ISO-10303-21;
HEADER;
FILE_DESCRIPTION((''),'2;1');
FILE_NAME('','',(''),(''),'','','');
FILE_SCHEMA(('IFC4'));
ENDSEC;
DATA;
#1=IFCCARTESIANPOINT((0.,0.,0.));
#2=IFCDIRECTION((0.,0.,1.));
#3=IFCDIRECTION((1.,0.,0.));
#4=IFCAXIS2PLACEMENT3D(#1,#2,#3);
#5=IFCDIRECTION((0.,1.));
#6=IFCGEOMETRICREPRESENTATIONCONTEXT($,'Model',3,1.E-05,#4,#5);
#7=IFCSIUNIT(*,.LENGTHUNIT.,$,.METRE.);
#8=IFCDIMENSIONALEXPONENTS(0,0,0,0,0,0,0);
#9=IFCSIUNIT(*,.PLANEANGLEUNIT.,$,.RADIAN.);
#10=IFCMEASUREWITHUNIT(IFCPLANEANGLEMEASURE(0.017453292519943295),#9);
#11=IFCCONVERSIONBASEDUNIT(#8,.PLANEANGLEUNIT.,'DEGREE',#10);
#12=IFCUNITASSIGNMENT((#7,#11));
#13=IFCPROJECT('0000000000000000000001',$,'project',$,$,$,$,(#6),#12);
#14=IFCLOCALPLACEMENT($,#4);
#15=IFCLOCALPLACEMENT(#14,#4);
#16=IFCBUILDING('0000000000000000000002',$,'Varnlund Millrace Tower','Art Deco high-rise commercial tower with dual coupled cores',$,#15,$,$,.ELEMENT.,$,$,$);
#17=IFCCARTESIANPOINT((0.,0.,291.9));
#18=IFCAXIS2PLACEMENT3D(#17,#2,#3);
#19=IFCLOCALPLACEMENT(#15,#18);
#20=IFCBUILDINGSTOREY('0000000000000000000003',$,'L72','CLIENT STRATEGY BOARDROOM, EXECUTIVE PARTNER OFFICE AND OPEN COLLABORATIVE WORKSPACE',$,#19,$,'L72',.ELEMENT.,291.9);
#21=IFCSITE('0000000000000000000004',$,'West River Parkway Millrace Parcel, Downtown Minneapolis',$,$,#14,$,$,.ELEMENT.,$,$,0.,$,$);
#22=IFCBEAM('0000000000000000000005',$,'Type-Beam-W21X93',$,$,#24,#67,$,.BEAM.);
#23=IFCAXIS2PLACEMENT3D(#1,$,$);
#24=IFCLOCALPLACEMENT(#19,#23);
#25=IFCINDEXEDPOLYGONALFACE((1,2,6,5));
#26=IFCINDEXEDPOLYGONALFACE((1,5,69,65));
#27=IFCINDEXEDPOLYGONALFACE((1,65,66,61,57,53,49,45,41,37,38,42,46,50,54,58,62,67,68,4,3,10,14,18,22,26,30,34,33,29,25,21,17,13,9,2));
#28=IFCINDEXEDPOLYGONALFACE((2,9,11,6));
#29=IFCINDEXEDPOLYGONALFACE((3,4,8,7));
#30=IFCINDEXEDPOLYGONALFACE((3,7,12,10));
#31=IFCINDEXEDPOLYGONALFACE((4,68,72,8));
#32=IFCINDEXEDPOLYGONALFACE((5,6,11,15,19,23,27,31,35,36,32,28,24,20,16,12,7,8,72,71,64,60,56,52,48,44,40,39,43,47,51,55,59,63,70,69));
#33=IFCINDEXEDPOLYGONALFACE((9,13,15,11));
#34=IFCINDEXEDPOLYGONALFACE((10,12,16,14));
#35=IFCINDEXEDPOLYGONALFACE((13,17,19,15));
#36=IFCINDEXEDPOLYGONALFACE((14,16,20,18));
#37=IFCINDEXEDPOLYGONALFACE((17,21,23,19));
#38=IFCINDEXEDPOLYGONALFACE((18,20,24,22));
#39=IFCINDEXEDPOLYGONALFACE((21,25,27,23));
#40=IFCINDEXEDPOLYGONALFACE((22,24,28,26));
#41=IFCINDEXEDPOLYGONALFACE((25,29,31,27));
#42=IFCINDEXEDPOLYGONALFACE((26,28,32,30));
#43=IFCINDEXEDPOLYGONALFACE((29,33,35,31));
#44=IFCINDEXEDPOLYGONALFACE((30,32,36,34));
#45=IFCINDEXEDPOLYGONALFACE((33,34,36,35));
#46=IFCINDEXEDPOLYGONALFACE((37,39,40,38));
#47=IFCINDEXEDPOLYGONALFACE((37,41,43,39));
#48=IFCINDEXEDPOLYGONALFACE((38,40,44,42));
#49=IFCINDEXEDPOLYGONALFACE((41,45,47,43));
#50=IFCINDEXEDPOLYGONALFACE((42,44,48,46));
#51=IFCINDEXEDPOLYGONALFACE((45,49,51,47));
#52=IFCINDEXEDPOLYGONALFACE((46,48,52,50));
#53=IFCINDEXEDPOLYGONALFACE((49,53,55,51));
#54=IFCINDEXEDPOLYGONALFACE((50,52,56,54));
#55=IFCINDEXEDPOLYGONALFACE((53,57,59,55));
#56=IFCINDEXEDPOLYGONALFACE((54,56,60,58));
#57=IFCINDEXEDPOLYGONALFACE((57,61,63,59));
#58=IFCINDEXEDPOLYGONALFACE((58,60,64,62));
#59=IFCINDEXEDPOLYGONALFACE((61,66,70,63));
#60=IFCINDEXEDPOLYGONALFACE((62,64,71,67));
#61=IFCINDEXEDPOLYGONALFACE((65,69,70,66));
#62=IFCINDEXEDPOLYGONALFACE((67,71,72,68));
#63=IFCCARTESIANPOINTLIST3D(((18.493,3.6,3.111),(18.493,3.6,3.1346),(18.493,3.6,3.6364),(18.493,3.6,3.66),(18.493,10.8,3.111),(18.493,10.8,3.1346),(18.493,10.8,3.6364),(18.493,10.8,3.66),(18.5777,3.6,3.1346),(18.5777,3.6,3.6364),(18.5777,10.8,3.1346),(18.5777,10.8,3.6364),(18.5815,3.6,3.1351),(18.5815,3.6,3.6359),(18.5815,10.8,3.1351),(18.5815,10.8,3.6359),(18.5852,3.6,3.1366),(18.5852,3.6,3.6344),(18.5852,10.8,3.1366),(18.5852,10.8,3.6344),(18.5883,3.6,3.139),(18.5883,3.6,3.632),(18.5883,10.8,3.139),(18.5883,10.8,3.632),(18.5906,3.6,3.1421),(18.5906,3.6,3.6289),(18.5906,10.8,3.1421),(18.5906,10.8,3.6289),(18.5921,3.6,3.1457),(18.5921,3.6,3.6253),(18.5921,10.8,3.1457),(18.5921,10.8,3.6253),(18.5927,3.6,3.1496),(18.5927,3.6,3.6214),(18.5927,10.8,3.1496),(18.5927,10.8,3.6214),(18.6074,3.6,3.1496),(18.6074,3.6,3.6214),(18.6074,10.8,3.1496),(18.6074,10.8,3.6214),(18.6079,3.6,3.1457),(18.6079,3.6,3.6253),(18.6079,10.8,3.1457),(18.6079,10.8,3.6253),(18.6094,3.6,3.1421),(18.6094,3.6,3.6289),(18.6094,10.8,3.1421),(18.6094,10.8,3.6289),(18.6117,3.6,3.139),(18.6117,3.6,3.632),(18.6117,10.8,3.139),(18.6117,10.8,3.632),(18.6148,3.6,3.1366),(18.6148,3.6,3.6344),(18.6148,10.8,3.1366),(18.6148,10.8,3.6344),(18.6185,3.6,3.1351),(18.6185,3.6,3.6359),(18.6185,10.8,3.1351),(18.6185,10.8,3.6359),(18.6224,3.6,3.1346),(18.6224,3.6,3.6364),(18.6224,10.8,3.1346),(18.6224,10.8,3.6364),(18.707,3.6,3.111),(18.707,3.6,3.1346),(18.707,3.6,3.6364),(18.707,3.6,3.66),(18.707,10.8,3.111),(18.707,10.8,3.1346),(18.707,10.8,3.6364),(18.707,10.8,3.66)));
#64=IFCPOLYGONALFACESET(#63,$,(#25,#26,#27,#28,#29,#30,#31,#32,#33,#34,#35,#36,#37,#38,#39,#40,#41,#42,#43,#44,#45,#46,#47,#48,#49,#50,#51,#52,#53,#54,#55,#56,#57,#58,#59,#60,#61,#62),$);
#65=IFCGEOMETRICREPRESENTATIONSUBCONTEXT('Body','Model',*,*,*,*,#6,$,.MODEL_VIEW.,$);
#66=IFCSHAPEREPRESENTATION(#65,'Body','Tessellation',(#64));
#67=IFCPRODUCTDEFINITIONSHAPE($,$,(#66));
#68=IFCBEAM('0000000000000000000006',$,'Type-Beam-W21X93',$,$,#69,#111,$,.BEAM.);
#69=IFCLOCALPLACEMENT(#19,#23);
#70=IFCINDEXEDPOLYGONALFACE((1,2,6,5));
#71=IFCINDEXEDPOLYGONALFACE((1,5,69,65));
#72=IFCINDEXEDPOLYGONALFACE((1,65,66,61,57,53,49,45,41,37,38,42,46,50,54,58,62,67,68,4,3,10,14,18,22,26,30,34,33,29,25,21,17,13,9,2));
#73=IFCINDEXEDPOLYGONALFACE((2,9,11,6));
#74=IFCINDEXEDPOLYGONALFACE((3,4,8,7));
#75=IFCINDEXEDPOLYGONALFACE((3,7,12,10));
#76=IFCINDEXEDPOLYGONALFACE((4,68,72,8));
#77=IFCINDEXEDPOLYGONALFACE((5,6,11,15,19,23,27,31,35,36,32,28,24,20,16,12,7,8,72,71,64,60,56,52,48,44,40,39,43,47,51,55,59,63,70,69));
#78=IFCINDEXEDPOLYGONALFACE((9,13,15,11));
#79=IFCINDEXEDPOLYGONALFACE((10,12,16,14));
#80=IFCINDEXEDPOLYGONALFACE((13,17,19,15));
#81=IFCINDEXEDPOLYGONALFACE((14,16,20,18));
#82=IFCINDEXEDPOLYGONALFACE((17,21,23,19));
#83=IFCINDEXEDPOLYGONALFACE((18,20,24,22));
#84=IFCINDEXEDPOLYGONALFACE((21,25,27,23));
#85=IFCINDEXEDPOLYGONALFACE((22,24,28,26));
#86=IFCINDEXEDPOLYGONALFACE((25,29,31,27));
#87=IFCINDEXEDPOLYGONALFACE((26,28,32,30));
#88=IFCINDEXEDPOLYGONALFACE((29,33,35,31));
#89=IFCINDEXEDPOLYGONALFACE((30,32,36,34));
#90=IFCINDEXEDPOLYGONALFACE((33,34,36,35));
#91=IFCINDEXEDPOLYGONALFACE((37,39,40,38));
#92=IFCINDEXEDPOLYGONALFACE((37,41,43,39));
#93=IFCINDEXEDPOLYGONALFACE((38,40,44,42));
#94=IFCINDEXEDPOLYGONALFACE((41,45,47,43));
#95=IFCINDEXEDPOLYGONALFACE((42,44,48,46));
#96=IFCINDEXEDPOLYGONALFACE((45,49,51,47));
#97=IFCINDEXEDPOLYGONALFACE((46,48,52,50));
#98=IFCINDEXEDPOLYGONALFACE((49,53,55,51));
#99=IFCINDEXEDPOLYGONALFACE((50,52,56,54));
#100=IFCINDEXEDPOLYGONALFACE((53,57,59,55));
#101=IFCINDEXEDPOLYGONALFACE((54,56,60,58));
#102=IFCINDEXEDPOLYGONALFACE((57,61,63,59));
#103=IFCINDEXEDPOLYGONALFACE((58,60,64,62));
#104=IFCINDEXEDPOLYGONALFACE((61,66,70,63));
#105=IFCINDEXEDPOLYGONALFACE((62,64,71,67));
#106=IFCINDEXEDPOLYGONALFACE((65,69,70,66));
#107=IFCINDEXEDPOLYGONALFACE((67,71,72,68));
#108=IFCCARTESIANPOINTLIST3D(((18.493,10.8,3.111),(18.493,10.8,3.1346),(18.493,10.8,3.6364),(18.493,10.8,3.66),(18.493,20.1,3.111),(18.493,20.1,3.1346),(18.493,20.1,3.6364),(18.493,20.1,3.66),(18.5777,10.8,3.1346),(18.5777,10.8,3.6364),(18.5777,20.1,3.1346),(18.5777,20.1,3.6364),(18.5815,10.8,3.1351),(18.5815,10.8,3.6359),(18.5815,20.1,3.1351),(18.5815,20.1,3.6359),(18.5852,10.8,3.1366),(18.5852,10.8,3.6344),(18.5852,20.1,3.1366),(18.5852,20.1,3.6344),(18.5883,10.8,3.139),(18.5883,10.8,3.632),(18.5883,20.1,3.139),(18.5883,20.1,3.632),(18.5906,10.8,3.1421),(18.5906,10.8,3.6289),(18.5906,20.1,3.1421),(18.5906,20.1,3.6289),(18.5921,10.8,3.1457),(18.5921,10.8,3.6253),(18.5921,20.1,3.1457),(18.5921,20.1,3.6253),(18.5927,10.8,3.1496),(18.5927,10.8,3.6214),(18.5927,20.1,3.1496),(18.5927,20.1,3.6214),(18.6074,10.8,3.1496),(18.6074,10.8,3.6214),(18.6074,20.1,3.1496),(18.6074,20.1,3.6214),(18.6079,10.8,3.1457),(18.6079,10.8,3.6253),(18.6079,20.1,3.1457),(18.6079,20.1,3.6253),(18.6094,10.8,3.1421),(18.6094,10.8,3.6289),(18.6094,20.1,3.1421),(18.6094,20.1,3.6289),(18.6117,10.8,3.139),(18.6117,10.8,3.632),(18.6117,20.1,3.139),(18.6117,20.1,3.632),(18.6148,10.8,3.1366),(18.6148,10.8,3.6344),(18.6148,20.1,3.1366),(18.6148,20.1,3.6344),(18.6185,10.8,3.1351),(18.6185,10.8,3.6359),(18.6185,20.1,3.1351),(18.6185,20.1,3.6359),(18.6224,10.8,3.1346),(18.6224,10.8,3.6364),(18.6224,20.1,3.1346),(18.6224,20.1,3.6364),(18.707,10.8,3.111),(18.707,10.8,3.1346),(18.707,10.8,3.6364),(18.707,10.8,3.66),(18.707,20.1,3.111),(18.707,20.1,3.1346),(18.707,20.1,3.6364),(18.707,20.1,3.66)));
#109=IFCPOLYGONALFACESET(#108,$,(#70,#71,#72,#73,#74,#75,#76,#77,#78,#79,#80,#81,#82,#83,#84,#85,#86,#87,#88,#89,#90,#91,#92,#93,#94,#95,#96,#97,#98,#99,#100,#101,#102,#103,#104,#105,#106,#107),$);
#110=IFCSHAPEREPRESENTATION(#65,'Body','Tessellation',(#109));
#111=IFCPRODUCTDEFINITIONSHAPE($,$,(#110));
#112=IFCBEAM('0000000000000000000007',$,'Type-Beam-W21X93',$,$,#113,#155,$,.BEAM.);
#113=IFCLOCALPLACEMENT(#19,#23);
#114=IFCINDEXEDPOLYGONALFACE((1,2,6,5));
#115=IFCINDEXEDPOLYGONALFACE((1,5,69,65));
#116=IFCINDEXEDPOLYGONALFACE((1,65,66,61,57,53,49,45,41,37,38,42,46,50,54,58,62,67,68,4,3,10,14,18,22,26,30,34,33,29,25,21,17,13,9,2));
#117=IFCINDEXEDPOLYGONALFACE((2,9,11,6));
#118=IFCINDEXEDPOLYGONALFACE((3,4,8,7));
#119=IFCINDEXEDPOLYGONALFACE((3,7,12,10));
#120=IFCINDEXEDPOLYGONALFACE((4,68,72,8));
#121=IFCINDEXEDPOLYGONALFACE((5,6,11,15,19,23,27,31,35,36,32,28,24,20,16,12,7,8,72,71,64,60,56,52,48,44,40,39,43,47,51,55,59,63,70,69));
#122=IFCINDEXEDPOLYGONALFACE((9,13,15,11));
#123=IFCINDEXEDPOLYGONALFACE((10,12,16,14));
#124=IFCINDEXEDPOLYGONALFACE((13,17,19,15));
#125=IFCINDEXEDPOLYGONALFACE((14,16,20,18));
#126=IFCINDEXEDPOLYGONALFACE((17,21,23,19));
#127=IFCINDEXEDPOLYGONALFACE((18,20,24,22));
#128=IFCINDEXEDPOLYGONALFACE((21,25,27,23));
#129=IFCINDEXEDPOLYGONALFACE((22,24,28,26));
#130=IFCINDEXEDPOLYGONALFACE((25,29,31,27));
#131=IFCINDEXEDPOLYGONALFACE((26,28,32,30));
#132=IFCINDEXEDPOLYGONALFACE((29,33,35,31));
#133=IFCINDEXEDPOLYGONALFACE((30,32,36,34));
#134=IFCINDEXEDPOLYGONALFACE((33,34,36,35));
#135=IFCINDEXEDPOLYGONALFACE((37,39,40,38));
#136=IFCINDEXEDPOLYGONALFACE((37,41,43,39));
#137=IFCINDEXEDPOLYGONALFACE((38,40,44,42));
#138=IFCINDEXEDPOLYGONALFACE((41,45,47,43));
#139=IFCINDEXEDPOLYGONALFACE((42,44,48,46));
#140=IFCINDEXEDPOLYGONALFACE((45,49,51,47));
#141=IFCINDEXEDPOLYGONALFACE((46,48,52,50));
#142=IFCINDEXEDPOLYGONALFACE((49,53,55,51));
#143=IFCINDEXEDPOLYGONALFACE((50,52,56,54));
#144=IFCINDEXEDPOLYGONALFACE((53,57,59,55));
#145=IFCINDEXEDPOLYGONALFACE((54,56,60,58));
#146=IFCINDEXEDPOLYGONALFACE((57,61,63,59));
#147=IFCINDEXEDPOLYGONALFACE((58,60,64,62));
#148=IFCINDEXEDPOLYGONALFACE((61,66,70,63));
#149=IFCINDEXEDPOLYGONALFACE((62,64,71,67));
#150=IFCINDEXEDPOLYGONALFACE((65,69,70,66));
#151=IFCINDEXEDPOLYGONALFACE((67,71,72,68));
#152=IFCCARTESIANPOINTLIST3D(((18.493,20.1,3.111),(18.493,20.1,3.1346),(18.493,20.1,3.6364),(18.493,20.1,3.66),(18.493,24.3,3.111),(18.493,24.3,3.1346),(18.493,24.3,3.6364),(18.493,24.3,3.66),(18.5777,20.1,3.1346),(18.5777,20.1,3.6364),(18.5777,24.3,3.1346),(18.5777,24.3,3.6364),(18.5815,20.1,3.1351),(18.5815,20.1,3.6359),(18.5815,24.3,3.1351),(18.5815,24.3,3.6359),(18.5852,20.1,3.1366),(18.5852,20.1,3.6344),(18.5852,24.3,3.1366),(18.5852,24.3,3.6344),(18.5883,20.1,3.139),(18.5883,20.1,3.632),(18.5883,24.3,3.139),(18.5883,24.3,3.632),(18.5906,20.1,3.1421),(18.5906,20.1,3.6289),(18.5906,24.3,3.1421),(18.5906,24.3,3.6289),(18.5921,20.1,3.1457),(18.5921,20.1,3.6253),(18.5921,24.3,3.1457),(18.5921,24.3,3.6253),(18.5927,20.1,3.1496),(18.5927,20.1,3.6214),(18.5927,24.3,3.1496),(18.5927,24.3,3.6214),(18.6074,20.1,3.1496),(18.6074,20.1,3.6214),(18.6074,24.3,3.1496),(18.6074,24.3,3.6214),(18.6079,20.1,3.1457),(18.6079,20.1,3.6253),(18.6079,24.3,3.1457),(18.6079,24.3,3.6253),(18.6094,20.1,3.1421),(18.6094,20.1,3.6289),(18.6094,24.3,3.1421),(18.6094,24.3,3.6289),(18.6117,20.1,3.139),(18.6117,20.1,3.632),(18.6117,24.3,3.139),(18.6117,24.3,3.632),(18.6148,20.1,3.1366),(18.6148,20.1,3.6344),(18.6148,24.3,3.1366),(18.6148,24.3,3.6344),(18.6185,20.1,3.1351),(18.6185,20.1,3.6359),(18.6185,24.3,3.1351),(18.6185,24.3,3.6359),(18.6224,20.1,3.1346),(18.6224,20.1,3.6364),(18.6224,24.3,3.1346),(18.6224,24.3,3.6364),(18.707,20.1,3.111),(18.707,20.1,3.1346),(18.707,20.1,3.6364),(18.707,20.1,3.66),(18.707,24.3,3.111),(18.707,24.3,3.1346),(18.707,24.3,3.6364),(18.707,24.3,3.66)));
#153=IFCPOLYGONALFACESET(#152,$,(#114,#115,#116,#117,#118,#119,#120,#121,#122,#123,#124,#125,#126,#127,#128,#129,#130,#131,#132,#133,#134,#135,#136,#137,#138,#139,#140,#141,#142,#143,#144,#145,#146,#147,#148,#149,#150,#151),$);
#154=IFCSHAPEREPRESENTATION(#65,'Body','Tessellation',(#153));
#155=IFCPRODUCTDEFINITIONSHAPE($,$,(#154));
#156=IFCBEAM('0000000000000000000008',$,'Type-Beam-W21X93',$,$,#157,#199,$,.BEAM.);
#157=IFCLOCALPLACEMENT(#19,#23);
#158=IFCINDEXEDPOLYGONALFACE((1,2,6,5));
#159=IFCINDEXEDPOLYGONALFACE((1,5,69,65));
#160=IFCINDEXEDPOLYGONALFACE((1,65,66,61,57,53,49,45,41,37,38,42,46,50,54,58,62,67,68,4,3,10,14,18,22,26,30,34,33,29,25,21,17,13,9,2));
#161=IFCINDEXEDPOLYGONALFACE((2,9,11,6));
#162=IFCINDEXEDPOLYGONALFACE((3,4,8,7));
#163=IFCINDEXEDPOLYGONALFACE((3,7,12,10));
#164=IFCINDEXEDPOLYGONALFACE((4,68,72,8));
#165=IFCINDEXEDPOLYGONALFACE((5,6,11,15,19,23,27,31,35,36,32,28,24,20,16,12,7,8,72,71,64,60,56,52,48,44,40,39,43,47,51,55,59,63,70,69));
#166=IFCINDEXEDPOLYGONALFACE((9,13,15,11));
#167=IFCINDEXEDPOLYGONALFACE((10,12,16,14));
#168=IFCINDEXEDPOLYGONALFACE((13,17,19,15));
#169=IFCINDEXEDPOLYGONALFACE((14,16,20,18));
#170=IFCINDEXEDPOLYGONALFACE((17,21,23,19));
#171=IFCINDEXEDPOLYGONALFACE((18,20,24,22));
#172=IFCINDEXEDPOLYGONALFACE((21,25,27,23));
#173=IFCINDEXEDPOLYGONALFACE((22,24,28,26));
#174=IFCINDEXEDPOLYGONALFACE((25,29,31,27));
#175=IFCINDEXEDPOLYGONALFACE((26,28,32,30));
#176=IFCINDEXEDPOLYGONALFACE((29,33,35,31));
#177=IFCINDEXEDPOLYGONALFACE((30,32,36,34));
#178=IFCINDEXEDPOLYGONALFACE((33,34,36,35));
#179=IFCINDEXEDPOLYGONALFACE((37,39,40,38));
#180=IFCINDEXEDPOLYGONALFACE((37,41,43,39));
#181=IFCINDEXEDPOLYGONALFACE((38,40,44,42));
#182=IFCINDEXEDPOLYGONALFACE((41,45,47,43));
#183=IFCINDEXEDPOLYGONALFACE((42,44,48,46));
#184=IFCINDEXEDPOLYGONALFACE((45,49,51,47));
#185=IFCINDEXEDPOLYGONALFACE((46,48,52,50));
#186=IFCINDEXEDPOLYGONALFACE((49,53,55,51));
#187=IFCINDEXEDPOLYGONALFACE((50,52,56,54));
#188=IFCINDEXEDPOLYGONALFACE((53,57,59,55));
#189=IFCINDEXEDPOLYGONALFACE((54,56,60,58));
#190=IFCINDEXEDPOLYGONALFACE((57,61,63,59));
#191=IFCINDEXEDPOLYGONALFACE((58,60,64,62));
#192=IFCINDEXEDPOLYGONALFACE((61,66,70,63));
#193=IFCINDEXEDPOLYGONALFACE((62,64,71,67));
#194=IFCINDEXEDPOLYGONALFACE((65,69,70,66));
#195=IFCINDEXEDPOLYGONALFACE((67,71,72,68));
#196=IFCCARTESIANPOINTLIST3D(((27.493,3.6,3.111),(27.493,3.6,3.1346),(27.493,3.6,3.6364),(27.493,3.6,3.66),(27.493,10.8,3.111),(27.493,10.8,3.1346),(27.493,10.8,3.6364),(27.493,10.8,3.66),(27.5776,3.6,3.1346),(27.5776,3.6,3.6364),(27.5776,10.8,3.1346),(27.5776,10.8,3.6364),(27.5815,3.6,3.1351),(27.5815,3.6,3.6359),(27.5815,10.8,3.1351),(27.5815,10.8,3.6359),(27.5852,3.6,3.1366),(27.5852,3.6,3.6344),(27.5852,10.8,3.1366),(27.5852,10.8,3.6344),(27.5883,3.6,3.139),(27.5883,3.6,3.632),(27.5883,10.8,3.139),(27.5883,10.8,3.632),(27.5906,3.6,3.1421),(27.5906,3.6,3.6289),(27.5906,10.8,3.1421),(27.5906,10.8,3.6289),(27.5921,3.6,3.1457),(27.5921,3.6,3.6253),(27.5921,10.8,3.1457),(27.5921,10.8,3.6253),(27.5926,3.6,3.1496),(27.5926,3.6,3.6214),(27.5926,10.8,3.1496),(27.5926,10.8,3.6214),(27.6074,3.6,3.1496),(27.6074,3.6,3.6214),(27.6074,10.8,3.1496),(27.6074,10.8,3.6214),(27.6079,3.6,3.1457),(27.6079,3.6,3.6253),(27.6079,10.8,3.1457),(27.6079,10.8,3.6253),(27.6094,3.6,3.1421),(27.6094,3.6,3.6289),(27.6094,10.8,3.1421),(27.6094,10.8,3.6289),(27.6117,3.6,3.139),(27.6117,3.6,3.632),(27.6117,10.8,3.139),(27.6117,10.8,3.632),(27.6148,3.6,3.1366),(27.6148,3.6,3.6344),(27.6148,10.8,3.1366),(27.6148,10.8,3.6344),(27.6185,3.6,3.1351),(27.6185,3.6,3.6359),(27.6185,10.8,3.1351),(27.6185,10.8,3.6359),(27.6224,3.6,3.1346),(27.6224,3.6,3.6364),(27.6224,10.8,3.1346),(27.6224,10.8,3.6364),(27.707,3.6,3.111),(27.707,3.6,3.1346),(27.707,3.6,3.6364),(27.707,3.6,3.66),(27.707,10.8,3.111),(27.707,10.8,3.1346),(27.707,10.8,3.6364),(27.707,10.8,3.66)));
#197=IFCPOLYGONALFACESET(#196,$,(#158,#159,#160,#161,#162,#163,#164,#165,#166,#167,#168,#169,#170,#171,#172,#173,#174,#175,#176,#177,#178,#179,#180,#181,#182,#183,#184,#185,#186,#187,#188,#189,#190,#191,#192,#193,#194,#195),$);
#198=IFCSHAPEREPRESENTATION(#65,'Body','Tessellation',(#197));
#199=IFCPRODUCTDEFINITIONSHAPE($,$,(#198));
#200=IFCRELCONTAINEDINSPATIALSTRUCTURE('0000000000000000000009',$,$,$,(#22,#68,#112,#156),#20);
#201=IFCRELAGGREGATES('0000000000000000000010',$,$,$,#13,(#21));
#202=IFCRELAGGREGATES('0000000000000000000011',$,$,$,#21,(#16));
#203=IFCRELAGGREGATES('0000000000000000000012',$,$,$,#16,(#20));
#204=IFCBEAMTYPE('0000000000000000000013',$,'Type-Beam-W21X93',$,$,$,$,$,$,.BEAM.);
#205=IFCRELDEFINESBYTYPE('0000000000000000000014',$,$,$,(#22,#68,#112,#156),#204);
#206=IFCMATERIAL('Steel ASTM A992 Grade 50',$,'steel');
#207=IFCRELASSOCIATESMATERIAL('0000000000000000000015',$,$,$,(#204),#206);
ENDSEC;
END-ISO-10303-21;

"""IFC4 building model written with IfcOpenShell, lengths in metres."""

from ifc_helpers import new_model, entity, si_unit, converted_unit, direction, frame, origin_with_axes, origin_2d_with_axis, place, context, subcontext, project, spatial, i_section, extrude, material, material_profile, profile_set, type_object, element, save


model = new_model("IFC4")

# Units and contexts
model_context = context("Model", 3, precision=1e-05, world=origin_with_axes(), true_north=direction((0.0, 1.0)))
body_context = subcontext(model_context, "Body", "Model", "MODEL_VIEW")
ifc_project = project(units=[si_unit("LENGTHUNIT", "METRE"), converted_unit("PLANEANGLEUNIT", "DEGREE", entity("IfcPlaneAngleMeasure", 0.017453292519943295), si_unit("PLANEANGLEUNIT", "RADIAN"), dimensions=[0, 0, 0, 0, 0, 0, 0])], contexts=[model_context])

# Site, building, storey
site_placement = place(None, origin_with_axes())
site = spatial("IfcSite", under=ifc_project, at=site_placement, Name="West River Parkway Millrace Parcel, Downtown Minneapolis", CompositionType="ELEMENT", RefElevation=0.0)
building_placement = place(site_placement, origin_with_axes())
building = spatial("IfcBuilding", under=site, at=building_placement, Name="Varnlund Millrace Tower", Description="Art Deco high-rise commercial tower with dual coupled cores", CompositionType="ELEMENT")
storey_placement = place(building_placement, frame((0.0, 0.0, 291.9), z_axis=(0.0, 0.0, 1.0), x_axis=(1.0, 0.0, 0.0)))
storey = spatial("IfcBuildingStorey", under=building, at=storey_placement, Name="L72", Description="CLIENT STRATEGY BOARDROOM, EXECUTIVE PARTNER OFFICE AND OPEN COLLABORATIVE WORKSPACE", LongName="L72", CompositionType="ELEMENT", Elevation=291.9)

# Beams
ifc_material_1 = material(Name="Steel ASTM A992 Grade 50", Category="steel")
ifc_material_profile_1 = material_profile(ifc_material_1, i_section(OverallWidth=0.214, OverallDepth=0.549, WebThickness=0.0147, FlangeThickness=0.0236, FilletRadius=0.015, at=origin_2d_with_axis()), Name="Steel ASTM A992 Grade 50")
ifc_profile_set_1 = profile_set([ifc_material_profile_1], Name="Steel ASTM A992 Grade 50")
beam_type_1 = type_object("IfcBeamType", Name="Type-Beam-W21X93", PredefinedType="BEAM", material=ifc_profile_set_1)
beam_1_placement = place(storey_placement, frame((18.6, 3.6, 3.3855), z_axis=(0.0, 1.0, 0.0), x_axis=(-1.0, 0.0, 0.0)))
element("IfcBeam", 1, at=beam_1_placement, inside=storey, type_object=beam_type_1, Name="Type-Beam-W21X93", PredefinedType="BEAM", context=body_context, shape_type="SweptSolid", body=[
    extrude(i_section(OverallWidth=0.214, OverallDepth=0.549, WebThickness=0.0147, FlangeThickness=0.0236, FilletRadius=0.015, at=origin_2d_with_axis()), origin_with_axes(), (0.0, 0.0, 1.0), 7.2),
])
beam_2_placement = place(storey_placement, frame((18.6, 10.8, 3.3855), z_axis=(0.0, 1.0, 0.0), x_axis=(-1.0, 0.0, 0.0)))
element("IfcBeam", 2, at=beam_2_placement, inside=storey, type_object=beam_type_1, Name="Type-Beam-W21X93", PredefinedType="BEAM", context=body_context, shape_type="SweptSolid", body=[
    extrude(i_section(OverallWidth=0.214, OverallDepth=0.549, WebThickness=0.0147, FlangeThickness=0.0236, FilletRadius=0.015, at=origin_2d_with_axis()), origin_with_axes(), (0.0, 0.0, 1.0), 9.3),
])
beam_3_placement = place(storey_placement, frame((18.6, 20.1, 3.3855), z_axis=(0.0, 1.0, 0.0), x_axis=(-1.0, 0.0, 0.0)))
element("IfcBeam", 3, at=beam_3_placement, inside=storey, type_object=beam_type_1, Name="Type-Beam-W21X93", PredefinedType="BEAM", context=body_context, shape_type="SweptSolid", body=[
    extrude(i_section(OverallWidth=0.214, OverallDepth=0.549, WebThickness=0.0147, FlangeThickness=0.0236, FilletRadius=0.015, at=origin_2d_with_axis()), origin_with_axes(), (0.0, 0.0, 1.0), 4.2),
])
for number, where, z_axis, x_axis, name in (
    (4, (27.6, 3.6, 3.3855), (0.0, 1.0, 0.0), (-1.0, 0.0, 0.0), "Type-Beam-W21X93"),
):
    element("IfcBeam", number, at=place(storey_placement, frame(where, z_axis=z_axis, x_axis=x_axis)), inside=storey, type_object=beam_type_1, Name=name, PredefinedType="BEAM", context=body_context, shape_type="SweptSolid", body=[
        extrude(i_section(OverallWidth=0.214, OverallDepth=0.549, WebThickness=0.0147, FlangeThickness=0.0236, FilletRadius=0.015, at=origin_2d_with_axis()), origin_with_axes(), (0.0, 0.0, 1.0), 7.2),
    ])

save(model, "model.ifc")
